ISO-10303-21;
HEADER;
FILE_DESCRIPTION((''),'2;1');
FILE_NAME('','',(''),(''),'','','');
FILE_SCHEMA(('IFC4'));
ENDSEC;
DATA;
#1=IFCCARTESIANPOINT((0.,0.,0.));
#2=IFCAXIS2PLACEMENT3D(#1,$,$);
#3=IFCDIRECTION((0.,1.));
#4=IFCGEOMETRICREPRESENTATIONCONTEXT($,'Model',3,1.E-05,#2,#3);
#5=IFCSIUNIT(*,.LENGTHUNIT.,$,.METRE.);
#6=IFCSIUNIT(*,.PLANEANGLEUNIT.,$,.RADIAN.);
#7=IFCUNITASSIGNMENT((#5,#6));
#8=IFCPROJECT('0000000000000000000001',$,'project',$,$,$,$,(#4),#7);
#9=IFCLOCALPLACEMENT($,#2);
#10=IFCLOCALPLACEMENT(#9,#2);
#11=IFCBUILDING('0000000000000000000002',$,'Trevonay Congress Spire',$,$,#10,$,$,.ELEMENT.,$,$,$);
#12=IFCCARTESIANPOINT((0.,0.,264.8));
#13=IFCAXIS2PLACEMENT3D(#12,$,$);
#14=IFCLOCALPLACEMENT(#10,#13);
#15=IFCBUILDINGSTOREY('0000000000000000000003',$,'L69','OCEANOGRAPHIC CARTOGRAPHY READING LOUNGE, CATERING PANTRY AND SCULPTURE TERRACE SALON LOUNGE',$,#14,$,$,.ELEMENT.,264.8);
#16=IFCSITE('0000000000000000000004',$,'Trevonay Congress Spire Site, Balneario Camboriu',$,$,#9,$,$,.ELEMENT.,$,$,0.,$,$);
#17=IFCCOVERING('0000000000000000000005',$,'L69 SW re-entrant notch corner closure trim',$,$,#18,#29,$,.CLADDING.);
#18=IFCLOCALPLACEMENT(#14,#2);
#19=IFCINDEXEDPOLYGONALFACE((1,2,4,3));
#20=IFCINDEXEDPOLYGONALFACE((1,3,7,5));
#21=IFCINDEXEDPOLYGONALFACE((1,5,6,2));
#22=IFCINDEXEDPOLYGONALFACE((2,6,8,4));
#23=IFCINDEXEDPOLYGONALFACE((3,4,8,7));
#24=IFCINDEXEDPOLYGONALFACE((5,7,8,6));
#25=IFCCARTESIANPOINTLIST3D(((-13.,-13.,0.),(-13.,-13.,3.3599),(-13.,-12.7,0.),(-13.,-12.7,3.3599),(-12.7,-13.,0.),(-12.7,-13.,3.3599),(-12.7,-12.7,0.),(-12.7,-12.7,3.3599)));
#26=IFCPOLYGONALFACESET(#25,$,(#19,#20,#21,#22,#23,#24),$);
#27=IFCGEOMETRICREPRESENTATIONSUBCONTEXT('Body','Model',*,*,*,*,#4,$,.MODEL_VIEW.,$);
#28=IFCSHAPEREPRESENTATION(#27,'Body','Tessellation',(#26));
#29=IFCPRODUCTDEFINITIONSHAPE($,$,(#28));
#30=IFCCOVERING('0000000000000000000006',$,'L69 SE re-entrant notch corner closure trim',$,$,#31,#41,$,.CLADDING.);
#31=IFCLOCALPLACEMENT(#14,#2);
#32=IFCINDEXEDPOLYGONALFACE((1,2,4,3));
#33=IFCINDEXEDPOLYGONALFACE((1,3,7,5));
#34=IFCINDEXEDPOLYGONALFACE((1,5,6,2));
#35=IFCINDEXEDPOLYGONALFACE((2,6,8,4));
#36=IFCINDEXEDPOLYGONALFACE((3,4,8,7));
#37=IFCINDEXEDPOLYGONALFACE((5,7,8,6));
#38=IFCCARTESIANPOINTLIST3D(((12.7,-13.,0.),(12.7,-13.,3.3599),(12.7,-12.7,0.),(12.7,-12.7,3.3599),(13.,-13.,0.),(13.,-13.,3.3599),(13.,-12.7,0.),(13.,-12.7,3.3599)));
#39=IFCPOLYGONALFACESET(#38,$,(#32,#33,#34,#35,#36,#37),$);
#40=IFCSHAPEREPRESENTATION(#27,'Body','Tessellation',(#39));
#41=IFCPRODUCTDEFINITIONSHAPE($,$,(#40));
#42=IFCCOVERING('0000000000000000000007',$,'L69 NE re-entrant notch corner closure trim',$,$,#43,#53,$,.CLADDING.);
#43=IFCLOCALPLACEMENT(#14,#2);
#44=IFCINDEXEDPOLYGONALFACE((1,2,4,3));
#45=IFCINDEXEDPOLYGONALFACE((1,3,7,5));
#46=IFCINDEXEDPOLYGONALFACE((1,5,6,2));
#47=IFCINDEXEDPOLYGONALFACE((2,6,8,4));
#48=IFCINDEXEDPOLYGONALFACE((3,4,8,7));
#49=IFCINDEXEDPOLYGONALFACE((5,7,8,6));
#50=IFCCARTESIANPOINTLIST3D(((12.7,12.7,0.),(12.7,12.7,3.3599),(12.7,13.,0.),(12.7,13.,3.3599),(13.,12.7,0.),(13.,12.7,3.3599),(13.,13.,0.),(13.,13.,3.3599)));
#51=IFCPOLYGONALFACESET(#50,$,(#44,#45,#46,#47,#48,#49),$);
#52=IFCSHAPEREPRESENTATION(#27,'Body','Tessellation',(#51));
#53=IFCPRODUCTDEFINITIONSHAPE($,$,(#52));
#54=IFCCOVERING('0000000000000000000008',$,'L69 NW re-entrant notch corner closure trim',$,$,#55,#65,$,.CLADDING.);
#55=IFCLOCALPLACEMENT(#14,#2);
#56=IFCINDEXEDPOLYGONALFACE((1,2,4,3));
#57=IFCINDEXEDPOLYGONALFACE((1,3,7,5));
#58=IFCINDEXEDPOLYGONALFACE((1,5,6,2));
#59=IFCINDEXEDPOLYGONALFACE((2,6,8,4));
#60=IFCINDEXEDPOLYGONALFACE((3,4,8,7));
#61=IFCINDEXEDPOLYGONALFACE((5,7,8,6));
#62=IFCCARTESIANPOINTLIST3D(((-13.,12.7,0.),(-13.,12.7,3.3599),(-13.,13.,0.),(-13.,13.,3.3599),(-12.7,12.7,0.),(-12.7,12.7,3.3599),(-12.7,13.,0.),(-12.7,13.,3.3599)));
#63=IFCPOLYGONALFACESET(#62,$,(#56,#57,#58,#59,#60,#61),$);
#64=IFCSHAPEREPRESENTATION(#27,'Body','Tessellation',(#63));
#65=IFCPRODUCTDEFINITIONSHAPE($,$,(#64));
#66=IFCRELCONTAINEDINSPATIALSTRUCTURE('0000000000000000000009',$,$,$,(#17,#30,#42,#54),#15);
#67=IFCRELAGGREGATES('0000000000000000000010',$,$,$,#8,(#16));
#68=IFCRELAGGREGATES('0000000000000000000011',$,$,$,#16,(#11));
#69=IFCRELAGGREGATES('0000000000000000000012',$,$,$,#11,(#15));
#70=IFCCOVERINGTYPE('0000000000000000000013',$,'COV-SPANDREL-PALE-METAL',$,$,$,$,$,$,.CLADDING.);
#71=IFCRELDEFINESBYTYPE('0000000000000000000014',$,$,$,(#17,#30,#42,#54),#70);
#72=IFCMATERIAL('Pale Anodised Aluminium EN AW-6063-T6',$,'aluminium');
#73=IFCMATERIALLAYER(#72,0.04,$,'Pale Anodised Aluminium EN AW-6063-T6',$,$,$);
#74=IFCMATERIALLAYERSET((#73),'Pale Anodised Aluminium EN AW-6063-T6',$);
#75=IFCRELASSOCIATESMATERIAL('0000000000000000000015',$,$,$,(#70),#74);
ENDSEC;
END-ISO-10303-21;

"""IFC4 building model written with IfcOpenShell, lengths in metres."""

from ifc_helpers import new_model, si_unit, direction, frame, origin, place, context, subcontext, project, spatial, polyline, outline, extrude, material, layer, layer_set, type_object, element, save


model = new_model("IFC4")

# Units and contexts
model_context = context("Model", 3, precision=1e-05, world=origin(), true_north=direction((0.0, 1.0)))
body_context = subcontext(model_context, "Body", "Model", "MODEL_VIEW")
ifc_project = project(units=[si_unit("LENGTHUNIT", "METRE"), si_unit("PLANEANGLEUNIT", "RADIAN")], contexts=[model_context])

# Site, building, storey
site_placement = place(None, origin())
site = spatial("IfcSite", under=ifc_project, at=site_placement, Name="Trevonay Congress Spire Site, Balneario Camboriu", CompositionType="ELEMENT", RefElevation=0.0)
building_placement = place(site_placement, origin())
building = spatial("IfcBuilding", under=site, at=building_placement, Name="Trevonay Congress Spire", CompositionType="ELEMENT")
storey_placement = place(building_placement, frame((0.0, 0.0, 264.8)))
storey = spatial("IfcBuildingStorey", under=building, at=storey_placement, Name="L69", Description="OCEANOGRAPHIC CARTOGRAPHY READING LOUNGE, CATERING PANTRY AND SCULPTURE TERRACE SALON LOUNGE", CompositionType="ELEMENT", Elevation=264.8)

# Shared definitions
ifc_material_1 = material(Name="Pale Anodised Aluminium EN AW-6063-T6", Category="aluminium")

# Coverings
ifc_layer_1 = layer(ifc_material_1, 0.04, Name="Pale Anodised Aluminium EN AW-6063-T6")
ifc_layer_set_1 = layer_set([ifc_layer_1], Name="Pale Anodised Aluminium EN AW-6063-T6")
covering_type = type_object("IfcCoveringType", Name="COV-SPANDREL-PALE-METAL", PredefinedType="CLADDING", material=ifc_layer_set_1)
covering_1_placement = place(storey_placement, origin())
element("IfcCovering", 1, at=covering_1_placement, inside=storey, type_object=covering_type, Name="L69 SW re-entrant notch corner closure trim", PredefinedType="CLADDING", context=body_context, shape_type="SweptSolid", body=[
    extrude(outline(polyline([(-13.0, -13.0), (-12.7, -13.0), (-12.7, -12.7), (-13.0, -12.7), (-13.0, -13.0)])), origin(), (0.0, 0.0, 1.0), 3.3599),
])
covering_2_placement = place(storey_placement, origin())
element("IfcCovering", 2, at=covering_2_placement, inside=storey, type_object=covering_type, Name="L69 SE re-entrant notch corner closure trim", PredefinedType="CLADDING", context=body_context, shape_type="SweptSolid", body=[
    extrude(outline(polyline([(12.7, -13.0), (13.0, -13.0), (13.0, -12.7), (12.7, -12.7), (12.7, -13.0)])), origin(), (0.0, 0.0, 1.0), 3.3599),
])
covering_3_placement = place(storey_placement, origin())
element("IfcCovering", 3, at=covering_3_placement, inside=storey, type_object=covering_type, Name="L69 NE re-entrant notch corner closure trim", PredefinedType="CLADDING", context=body_context, shape_type="SweptSolid", body=[
    extrude(outline(polyline([(12.7, 12.7), (13.0, 12.7), (13.0, 13.0), (12.7, 13.0), (12.7, 12.7)])), origin(), (0.0, 0.0, 1.0), 3.3599),
])
covering_4_placement = place(storey_placement, origin())
element("IfcCovering", 4, at=covering_4_placement, inside=storey, type_object=covering_type, Name="L69 NW re-entrant notch corner closure trim", PredefinedType="CLADDING", context=body_context, shape_type="SweptSolid", body=[
    extrude(outline(polyline([(-13.0, 12.7), (-12.7, 12.7), (-12.7, 13.0), (-13.0, 13.0), (-13.0, 12.7)])), origin(), (0.0, 0.0, 1.0), 3.3599),
])

save(model, "model.ifc")
